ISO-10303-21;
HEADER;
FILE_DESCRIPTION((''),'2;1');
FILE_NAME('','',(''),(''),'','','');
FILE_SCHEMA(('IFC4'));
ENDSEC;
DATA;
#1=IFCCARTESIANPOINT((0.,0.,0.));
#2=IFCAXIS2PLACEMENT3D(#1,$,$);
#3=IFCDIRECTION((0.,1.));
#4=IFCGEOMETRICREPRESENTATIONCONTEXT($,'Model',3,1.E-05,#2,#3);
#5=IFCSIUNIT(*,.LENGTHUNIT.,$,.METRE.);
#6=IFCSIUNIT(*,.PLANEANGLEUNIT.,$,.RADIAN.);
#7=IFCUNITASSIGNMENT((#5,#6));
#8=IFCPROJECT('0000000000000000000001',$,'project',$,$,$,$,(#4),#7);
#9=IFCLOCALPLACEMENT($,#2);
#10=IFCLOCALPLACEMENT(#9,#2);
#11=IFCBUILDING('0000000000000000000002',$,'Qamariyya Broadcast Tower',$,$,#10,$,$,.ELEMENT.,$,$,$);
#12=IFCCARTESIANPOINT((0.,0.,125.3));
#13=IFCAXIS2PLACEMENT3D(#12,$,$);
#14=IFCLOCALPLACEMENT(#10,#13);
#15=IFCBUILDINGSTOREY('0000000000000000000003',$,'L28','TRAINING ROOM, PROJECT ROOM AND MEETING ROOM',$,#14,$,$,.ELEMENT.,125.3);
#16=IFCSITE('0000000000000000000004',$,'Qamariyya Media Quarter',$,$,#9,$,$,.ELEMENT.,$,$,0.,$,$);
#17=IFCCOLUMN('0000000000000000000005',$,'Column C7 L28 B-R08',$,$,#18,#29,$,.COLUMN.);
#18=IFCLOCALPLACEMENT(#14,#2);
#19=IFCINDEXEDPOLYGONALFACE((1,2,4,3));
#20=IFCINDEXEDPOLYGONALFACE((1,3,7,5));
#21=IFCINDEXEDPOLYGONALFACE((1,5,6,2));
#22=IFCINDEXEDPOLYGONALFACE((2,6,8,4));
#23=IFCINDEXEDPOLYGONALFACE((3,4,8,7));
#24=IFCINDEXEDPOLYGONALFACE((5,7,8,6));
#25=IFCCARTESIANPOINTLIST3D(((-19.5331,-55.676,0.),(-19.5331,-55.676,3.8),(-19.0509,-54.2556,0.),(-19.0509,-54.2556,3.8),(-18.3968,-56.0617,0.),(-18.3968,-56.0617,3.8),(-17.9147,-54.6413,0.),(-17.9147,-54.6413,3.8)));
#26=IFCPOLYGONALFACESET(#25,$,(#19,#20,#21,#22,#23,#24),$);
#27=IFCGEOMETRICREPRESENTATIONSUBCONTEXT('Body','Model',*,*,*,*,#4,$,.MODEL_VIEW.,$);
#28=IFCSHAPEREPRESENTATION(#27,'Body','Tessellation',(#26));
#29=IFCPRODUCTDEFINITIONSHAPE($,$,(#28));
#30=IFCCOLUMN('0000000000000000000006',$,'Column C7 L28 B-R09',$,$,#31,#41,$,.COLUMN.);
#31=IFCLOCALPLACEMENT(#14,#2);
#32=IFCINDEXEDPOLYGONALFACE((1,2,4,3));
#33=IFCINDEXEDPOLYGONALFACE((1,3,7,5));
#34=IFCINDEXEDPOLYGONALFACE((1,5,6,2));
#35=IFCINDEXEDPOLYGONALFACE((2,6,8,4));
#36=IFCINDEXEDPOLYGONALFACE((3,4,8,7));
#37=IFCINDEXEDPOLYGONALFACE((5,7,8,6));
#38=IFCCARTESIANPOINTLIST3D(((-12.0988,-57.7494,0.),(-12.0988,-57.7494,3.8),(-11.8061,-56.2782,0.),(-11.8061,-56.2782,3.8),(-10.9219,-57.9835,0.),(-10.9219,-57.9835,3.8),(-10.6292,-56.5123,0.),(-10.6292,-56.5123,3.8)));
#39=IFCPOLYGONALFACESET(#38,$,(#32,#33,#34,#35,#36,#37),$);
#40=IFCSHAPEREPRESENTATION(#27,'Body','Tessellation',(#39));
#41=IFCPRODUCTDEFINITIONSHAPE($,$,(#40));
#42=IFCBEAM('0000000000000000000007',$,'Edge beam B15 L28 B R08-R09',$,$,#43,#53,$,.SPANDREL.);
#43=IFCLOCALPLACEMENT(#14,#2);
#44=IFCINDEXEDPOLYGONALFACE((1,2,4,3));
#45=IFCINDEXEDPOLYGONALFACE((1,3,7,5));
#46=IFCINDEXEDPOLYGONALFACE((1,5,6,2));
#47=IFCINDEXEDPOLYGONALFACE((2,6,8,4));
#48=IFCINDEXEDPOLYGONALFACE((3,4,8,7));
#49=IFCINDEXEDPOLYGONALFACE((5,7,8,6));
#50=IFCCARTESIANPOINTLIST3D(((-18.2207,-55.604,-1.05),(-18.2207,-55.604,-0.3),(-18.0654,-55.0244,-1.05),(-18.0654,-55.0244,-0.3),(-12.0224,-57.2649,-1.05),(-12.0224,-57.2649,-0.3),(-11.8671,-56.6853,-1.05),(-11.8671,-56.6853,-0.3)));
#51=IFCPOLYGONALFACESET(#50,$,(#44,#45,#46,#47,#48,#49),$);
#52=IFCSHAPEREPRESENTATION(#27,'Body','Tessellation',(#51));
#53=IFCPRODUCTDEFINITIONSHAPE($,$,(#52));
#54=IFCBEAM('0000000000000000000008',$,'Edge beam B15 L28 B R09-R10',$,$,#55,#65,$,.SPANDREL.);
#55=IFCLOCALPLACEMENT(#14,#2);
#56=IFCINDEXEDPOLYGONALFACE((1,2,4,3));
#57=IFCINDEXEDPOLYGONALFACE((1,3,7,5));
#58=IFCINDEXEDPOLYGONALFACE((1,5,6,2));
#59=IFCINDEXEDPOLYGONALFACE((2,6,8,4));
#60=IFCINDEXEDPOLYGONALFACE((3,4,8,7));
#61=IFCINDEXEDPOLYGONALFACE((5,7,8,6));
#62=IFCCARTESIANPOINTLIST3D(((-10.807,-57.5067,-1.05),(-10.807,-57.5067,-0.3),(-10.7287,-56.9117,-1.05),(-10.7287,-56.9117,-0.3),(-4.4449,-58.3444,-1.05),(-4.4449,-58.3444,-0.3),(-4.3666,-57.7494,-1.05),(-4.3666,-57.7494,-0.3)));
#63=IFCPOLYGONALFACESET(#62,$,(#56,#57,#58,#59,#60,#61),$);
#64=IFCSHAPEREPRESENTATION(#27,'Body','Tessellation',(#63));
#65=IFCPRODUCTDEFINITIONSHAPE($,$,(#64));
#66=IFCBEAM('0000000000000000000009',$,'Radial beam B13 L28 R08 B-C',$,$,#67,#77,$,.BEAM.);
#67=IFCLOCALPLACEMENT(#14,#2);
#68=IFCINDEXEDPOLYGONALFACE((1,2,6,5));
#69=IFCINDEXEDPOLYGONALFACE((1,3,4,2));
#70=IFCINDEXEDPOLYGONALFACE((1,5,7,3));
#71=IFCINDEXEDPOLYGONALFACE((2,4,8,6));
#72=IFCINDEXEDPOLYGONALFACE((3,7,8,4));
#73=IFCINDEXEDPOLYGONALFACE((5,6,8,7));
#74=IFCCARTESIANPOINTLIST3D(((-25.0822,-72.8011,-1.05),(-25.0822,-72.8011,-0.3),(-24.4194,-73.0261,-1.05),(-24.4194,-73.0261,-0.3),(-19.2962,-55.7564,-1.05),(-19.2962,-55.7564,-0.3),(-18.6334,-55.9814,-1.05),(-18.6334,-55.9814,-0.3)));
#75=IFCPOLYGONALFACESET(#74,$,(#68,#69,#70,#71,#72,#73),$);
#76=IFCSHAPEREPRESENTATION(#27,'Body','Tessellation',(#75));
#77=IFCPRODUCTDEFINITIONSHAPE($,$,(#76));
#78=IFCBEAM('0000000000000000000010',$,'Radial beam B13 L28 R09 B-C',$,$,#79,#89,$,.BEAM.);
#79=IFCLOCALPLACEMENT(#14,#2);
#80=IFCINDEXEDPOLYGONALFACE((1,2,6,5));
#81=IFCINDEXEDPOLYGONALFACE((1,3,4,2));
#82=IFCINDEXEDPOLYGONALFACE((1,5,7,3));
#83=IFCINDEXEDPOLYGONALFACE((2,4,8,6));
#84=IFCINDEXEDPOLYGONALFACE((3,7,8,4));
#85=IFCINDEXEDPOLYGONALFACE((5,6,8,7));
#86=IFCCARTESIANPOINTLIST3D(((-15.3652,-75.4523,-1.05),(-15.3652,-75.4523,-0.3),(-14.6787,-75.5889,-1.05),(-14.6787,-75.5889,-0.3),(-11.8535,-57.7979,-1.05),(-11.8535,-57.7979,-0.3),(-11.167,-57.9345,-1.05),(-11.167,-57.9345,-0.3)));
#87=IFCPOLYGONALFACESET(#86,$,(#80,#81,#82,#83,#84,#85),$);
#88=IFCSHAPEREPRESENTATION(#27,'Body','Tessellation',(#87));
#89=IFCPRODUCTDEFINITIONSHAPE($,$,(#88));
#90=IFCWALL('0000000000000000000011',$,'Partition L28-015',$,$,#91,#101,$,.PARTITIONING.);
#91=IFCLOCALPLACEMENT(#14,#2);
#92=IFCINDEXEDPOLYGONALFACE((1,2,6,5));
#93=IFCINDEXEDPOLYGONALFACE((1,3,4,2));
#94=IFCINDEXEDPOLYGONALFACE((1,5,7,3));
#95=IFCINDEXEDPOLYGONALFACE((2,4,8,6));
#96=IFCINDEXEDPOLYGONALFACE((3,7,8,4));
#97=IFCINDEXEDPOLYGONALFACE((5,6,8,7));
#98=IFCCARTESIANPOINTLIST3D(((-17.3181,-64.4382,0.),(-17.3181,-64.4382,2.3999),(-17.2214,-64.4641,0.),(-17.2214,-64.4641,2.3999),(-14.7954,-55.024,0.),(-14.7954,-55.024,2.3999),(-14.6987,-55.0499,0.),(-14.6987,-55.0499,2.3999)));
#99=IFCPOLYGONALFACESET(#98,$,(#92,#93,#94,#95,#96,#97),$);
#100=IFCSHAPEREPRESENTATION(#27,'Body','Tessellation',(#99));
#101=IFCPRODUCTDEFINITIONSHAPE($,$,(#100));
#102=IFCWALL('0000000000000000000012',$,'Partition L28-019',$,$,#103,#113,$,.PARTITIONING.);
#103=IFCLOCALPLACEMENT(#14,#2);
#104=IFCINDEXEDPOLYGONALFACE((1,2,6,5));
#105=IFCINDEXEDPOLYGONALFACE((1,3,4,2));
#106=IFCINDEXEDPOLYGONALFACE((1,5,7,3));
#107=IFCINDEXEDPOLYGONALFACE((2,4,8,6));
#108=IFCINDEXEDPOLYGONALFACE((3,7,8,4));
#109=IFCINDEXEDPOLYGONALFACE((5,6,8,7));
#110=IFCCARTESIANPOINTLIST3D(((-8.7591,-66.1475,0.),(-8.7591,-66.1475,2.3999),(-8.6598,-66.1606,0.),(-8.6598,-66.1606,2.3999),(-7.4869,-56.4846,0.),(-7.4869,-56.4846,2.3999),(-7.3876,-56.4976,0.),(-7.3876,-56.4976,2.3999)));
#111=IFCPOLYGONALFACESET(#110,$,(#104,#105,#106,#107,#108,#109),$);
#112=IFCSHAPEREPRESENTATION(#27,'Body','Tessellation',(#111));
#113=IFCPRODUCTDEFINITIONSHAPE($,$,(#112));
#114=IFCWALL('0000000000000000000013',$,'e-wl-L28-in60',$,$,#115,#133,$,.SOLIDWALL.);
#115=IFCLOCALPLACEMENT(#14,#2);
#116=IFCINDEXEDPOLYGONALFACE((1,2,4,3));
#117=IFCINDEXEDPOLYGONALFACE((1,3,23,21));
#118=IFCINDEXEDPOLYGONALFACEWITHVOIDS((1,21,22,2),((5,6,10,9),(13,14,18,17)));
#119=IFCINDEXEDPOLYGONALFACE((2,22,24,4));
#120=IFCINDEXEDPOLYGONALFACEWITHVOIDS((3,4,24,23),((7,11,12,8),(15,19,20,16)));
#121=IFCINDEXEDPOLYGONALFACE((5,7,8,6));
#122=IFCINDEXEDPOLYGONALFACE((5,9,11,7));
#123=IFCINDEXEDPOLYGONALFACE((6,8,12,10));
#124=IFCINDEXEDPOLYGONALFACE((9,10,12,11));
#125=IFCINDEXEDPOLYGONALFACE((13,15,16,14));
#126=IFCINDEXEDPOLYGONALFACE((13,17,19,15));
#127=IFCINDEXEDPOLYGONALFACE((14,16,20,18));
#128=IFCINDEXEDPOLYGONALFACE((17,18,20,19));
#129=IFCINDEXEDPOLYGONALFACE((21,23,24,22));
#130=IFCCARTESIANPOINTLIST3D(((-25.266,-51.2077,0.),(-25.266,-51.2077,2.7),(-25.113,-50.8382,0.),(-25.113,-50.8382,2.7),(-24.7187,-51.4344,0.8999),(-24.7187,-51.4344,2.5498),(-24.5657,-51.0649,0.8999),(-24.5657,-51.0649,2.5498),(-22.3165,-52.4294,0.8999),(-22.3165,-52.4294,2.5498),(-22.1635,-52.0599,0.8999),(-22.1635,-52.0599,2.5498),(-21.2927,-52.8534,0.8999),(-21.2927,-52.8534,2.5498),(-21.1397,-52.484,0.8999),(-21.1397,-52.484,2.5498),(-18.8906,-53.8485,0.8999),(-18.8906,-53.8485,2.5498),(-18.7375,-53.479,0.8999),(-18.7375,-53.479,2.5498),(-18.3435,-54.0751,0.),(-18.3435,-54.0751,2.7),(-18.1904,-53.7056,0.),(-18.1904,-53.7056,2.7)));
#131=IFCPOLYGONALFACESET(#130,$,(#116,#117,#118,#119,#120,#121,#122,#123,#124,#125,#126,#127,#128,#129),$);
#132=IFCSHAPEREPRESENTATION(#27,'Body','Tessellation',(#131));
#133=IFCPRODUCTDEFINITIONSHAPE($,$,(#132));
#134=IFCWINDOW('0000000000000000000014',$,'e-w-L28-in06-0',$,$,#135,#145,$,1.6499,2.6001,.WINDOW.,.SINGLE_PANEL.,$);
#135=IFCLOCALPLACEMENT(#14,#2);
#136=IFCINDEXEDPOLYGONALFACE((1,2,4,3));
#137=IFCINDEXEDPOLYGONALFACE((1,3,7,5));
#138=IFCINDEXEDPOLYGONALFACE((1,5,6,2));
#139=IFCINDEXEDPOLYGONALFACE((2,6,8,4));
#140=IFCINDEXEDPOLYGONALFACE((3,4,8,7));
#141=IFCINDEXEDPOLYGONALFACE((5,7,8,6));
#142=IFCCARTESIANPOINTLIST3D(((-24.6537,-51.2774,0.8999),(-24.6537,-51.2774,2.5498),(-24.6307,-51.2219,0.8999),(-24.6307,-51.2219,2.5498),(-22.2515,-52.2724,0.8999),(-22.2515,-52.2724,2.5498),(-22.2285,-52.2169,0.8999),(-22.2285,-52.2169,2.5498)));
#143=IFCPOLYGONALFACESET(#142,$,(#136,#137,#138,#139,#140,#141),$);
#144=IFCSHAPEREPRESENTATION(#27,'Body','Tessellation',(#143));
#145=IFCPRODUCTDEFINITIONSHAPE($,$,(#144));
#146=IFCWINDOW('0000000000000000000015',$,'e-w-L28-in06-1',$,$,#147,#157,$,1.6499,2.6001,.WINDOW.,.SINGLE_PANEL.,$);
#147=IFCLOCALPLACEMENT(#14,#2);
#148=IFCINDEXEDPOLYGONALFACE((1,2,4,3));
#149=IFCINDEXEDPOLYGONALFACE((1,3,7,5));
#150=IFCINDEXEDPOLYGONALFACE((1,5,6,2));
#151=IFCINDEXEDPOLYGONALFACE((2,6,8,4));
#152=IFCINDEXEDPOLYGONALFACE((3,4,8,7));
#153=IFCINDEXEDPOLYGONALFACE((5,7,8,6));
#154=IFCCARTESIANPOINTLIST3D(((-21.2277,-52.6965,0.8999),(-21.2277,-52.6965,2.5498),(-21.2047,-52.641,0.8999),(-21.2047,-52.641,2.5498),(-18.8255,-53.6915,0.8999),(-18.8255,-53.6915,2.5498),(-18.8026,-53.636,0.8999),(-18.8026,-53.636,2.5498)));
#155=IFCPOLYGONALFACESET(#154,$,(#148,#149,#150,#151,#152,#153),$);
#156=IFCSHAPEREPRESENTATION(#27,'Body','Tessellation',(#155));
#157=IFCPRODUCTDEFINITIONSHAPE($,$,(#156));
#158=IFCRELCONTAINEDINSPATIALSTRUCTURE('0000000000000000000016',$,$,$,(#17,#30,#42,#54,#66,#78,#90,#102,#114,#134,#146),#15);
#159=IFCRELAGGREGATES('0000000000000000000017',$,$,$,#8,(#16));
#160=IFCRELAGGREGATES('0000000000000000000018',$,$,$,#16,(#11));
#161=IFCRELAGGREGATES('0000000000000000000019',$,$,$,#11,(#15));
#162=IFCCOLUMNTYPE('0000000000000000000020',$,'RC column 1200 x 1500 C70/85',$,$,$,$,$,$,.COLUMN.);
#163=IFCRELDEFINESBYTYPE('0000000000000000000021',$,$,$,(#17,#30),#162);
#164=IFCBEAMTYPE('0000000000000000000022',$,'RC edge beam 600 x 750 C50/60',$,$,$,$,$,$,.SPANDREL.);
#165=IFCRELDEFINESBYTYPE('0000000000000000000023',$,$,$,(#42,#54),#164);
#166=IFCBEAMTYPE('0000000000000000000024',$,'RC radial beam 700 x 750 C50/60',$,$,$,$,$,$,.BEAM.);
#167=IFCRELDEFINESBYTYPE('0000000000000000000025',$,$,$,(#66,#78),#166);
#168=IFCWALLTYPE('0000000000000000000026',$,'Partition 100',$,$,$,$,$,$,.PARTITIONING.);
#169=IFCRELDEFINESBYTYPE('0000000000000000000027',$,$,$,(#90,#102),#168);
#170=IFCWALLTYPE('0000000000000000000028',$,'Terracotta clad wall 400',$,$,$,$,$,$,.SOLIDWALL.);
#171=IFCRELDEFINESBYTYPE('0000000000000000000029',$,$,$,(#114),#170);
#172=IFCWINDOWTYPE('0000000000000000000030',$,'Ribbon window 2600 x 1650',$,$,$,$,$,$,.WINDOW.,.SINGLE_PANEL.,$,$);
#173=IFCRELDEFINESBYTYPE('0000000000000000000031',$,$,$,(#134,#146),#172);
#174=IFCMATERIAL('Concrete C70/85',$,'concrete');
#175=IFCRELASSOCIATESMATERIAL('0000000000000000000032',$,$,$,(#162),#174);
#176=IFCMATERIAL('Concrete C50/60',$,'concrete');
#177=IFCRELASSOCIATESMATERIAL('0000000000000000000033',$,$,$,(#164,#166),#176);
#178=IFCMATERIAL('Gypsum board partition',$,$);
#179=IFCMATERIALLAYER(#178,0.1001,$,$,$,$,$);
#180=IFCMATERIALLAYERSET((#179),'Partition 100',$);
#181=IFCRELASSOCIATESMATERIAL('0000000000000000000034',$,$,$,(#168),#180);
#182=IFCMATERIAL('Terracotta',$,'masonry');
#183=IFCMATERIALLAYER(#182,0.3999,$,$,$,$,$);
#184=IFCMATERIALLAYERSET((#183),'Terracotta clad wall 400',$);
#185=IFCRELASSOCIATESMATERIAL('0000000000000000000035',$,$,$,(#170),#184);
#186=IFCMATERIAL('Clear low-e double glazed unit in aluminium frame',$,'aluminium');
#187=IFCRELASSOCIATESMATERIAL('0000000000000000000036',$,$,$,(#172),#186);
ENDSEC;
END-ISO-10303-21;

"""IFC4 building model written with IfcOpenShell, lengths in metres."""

from ifc_helpers import new_model, si_unit, direction, frame, frame_2d, origin, origin_2d, place, context, subcontext, project, spatial, rectangle, extrude, material, layer, layer_set, material_profile, profile_set, type_object, element, fill, save


model = new_model("IFC4")

# Units and contexts
model_context = context("Model", 3, precision=1e-05, world=origin(), true_north=direction((0.0, 1.0)))
body_context = subcontext(model_context, "Body", "Model", "MODEL_VIEW")
ifc_project = project(units=[si_unit("LENGTHUNIT", "METRE"), si_unit("PLANEANGLEUNIT", "RADIAN")], contexts=[model_context])

# Site, building, storey
site_placement = place(None, origin())
site = spatial("IfcSite", under=ifc_project, at=site_placement, Name="Qamariyya Media Quarter", CompositionType="ELEMENT", RefElevation=0.0)
building_placement = place(site_placement, origin())
building = spatial("IfcBuilding", under=site, at=building_placement, Name="Qamariyya Broadcast Tower", CompositionType="ELEMENT")
storey_placement = place(building_placement, frame((0.0, 0.0, 125.3)))
storey = spatial("IfcBuildingStorey", under=building, at=storey_placement, Name="L28", Description="TRAINING ROOM, PROJECT ROOM AND MEETING ROOM", CompositionType="ELEMENT", Elevation=125.3)

# Columns
ifc_material_1 = material(Name="Concrete C70/85", Category="concrete")
ifc_material_profile_1 = material_profile(ifc_material_1, rectangle(XDim=1.2, YDim=1.5, at=origin_2d()))
ifc_profile_set_1 = profile_set([ifc_material_profile_1], Name="Concrete C70/85")
column_type = type_object("IfcColumnType", Name="RC column 1200 x 1500 C70/85", PredefinedType="COLUMN", material=ifc_profile_set_1)
for number, where, z_axis, x_axis, name in (
    (1, (-18.7239, -55.1587, 0.0), (0.0, 0.0, 1.0), (0.94693, -0.321439, 0.0), "Column C7 L28 B-R08"),
    (2, (-11.364, -57.1309, 0.0), (0.0, 0.0, 1.0), (0.980785, -0.19509, 0.0), "Column C7 L28 B-R09"),
):
    element("IfcColumn", number, at=place(storey_placement, frame(where, z_axis=z_axis, x_axis=x_axis)), inside=storey, type_object=column_type, Name=name, PredefinedType="COLUMN", context=body_context, shape_type="SweptSolid", body=[
        extrude(rectangle(XDim=1.2, YDim=1.5, at=origin_2d()), origin(), (0.0, 0.0, 1.0), 3.8),
    ])

# Beams
ifc_material_2 = material(Name="Concrete C50/60", Category="concrete")
ifc_material_profile_2 = material_profile(ifc_material_2, rectangle(XDim=0.6001, YDim=0.75, at=origin_2d()))
ifc_profile_set_2 = profile_set([ifc_material_profile_2], Name="Concrete C50/60")
beam_type_1 = type_object("IfcBeamType", Name="RC edge beam 600 x 750 C50/60", PredefinedType="SPANDREL", material=ifc_profile_set_2)
for number, where, z_axis, x_axis, name in (
    (3, (-18.1431, -55.3142, -0.675), (0.965923, -0.25883, 0.0), (0.25883, 0.965923, 0.0), "Edge beam B15 L28 B R08-R09"),
    (4, (-10.7678, -57.2092, -0.675), (0.991444, -0.130536, 0.0), (0.130536, 0.991444, 0.0), "Edge beam B15 L28 B R09-R10"),
):
    element("IfcBeam", number, at=place(storey_placement, frame(where, z_axis=z_axis, x_axis=x_axis)), inside=storey, type_object=beam_type_1, Name=name, PredefinedType="SPANDREL", context=body_context, shape_type="SweptSolid", body=[
        extrude(rectangle(XDim=0.6001, YDim=0.75, at=origin_2d()), origin(), (0.0, 0.0, 1.0), 6.417),
    ])
ifc_material_profile_3 = material_profile(ifc_material_2, rectangle(XDim=0.7, YDim=0.75, at=origin_2d()))
ifc_profile_set_3 = profile_set([ifc_material_profile_3], Name="Concrete C50/60")
beam_type_2 = type_object("IfcBeamType", Name="RC radial beam 700 x 750 C50/60", PredefinedType="BEAM", material=ifc_profile_set_3)
beam_1_placement = place(storey_placement, frame((-18.9648, -55.8689, -0.675), z_axis=(-0.321439, -0.94693, 0.0), x_axis=(0.94693, -0.321439, 0.0)))
element("IfcBeam", 5, at=beam_1_placement, inside=storey, type_object=beam_type_2, Name="Radial beam B13 L28 R08 B-C", PredefinedType="BEAM", context=body_context, shape_type="SweptSolid", body=[
    extrude(rectangle(XDim=0.7, YDim=0.75, at=origin_2d()), origin(), (0.0, 0.0, 1.0), 18.0),
])
beam_2_placement = place(storey_placement, frame((-11.5103, -57.8662, -0.675), z_axis=(-0.195094, -0.980785, 0.0), x_axis=(0.980785, -0.195094, 0.0)))
element("IfcBeam", 6, at=beam_2_placement, inside=storey, type_object=beam_type_2, Name="Radial beam B13 L28 R09 B-C", PredefinedType="BEAM", context=body_context, shape_type="SweptSolid", body=[
    extrude(rectangle(XDim=0.7, YDim=0.75, at=origin_2d()), origin(), (0.0, 0.0, 1.0), 18.0002),
])

# Walls
ifc_material_3 = material(Name="Gypsum board partition")
ifc_layer_1 = layer(ifc_material_3, 0.1001)
ifc_layer_set_1 = layer_set([ifc_layer_1], Name="Partition 100")
wall_type_1 = type_object("IfcWallType", Name="Partition 100", PredefinedType="PARTITIONING", material=ifc_layer_set_1)
for number, where, z_axis, x_axis, name in (
    (7, (-14.7471, -55.0371, 0.0), (0.0, 0.0, 1.0), (-0.258833, -0.965922, 0.0), "Partition L28-015"),
    (8, (-7.4373, -56.4912, 0.0), (0.0, 0.0, 1.0), (-0.130534, -0.991444, 0.0), "Partition L28-019"),
):
    element("IfcWall", number, at=place(storey_placement, frame(where, z_axis=z_axis, x_axis=x_axis)), inside=storey, type_object=wall_type_1, Name=name, PredefinedType="PARTITIONING", context=body_context, shape_type="SweptSolid", body=[
        extrude(rectangle(XDim=9.7463, YDim=0.1001, at=frame_2d((4.873, 0.0))), origin(), (0.0, 0.0, 1.0), 2.3999),
    ])

# Wall, openings, windows
ifc_material_4 = material(Name="Terracotta", Category="masonry")
ifc_layer_2 = layer(ifc_material_4, 0.3999)
ifc_layer_set_2 = layer_set([ifc_layer_2], Name="Terracotta clad wall 400")
wall_type_2 = type_object("IfcWallType", Name="Terracotta clad wall 400", PredefinedType="SOLIDWALL", material=ifc_layer_set_2)
wall_1_placement = place(storey_placement, frame((-18.2668, -53.8904, 0.0), z_axis=(0.0, 0.0, 1.0), x_axis=(-0.92388, 0.382683, 0.0)))
wall_1 = element("IfcWall", 9, at=wall_1_placement, inside=storey, type_object=wall_type_2, Name="e-wl-L28-in60", PredefinedType="SOLIDWALL", context=body_context, shape_type="SweptSolid", body=[
    extrude(rectangle(XDim=7.4929, YDim=0.3999, at=frame_2d((3.7466, 0.0))), origin(), (0.0, 0.0, 1.0), 2.7),
])
opening_1_placement = place(wall_1_placement, frame((4.3005, 0.0, 0.8999)))
opening_1 = element("IfcOpeningElement", 10, at=opening_1_placement, cuts=wall_1, PredefinedType="OPENING", context=body_context, shape_type="SweptSolid", body=[
    extrude(rectangle(XDim=2.6001, YDim=1.6499, at=frame_2d((1.3, 0.825))), frame((0.0, 0.21, 0.0), z_axis=(0.0, -1.0, 0.0), x_axis=(1.0, 0.0, 0.0)), (0.0, 0.0, 1.0), 0.4199),
])
opening_2_placement = place(wall_1_placement, frame((0.5923, 0.0, 0.8999)))
opening_2 = element("IfcOpeningElement", 11, at=opening_2_placement, cuts=wall_1, PredefinedType="OPENING", context=body_context, shape_type="SweptSolid", body=[
    extrude(rectangle(XDim=2.6001, YDim=1.6499, at=frame_2d((1.3, 0.825))), frame((0.0, 0.21, 0.0), z_axis=(0.0, -1.0, 0.0), x_axis=(1.0, 0.0, 0.0)), (0.0, 0.0, 1.0), 0.4199),
])
ifc_material_5 = material(Name="Clear low-e double glazed unit in aluminium frame", Category="aluminium")
window_type = type_object("IfcWindowType", Name="Ribbon window 2600 x 1650", PartitioningType="SINGLE_PANEL", PredefinedType="WINDOW", material=ifc_material_5)
window_1_placement = place(opening_1_placement, origin())
window_1 = element("IfcWindow", 12, at=window_1_placement, inside=storey, type_object=window_type, Name="e-w-L28-in06-0", OverallHeight=1.6499, OverallWidth=2.6001, PartitioningType="SINGLE_PANEL", PredefinedType="WINDOW", context=body_context, shape_type="SweptSolid", body=[
    extrude(rectangle(XDim=2.6001, YDim=1.6499, at=frame_2d((1.3, 0.825))), frame((0.0, 0.03, 0.0), z_axis=(0.0, -1.0, 0.0), x_axis=(1.0, 0.0, 0.0)), (0.0, 0.0, 1.0), 0.0601),
])
fill(opening_1, window_1)
window_2_placement = place(opening_2_placement, origin())
window_2 = element("IfcWindow", 13, at=window_2_placement, inside=storey, type_object=window_type, Name="e-w-L28-in06-1", OverallHeight=1.6499, OverallWidth=2.6001, PartitioningType="SINGLE_PANEL", PredefinedType="WINDOW", context=body_context, shape_type="SweptSolid", body=[
    extrude(rectangle(XDim=2.6001, YDim=1.6499, at=frame_2d((1.3, 0.825))), frame((0.0, 0.03, 0.0), z_axis=(0.0, -1.0, 0.0), x_axis=(1.0, 0.0, 0.0)), (0.0, 0.0, 1.0), 0.0601),
])
fill(opening_2, window_2)

save(model, "model.ifc")
